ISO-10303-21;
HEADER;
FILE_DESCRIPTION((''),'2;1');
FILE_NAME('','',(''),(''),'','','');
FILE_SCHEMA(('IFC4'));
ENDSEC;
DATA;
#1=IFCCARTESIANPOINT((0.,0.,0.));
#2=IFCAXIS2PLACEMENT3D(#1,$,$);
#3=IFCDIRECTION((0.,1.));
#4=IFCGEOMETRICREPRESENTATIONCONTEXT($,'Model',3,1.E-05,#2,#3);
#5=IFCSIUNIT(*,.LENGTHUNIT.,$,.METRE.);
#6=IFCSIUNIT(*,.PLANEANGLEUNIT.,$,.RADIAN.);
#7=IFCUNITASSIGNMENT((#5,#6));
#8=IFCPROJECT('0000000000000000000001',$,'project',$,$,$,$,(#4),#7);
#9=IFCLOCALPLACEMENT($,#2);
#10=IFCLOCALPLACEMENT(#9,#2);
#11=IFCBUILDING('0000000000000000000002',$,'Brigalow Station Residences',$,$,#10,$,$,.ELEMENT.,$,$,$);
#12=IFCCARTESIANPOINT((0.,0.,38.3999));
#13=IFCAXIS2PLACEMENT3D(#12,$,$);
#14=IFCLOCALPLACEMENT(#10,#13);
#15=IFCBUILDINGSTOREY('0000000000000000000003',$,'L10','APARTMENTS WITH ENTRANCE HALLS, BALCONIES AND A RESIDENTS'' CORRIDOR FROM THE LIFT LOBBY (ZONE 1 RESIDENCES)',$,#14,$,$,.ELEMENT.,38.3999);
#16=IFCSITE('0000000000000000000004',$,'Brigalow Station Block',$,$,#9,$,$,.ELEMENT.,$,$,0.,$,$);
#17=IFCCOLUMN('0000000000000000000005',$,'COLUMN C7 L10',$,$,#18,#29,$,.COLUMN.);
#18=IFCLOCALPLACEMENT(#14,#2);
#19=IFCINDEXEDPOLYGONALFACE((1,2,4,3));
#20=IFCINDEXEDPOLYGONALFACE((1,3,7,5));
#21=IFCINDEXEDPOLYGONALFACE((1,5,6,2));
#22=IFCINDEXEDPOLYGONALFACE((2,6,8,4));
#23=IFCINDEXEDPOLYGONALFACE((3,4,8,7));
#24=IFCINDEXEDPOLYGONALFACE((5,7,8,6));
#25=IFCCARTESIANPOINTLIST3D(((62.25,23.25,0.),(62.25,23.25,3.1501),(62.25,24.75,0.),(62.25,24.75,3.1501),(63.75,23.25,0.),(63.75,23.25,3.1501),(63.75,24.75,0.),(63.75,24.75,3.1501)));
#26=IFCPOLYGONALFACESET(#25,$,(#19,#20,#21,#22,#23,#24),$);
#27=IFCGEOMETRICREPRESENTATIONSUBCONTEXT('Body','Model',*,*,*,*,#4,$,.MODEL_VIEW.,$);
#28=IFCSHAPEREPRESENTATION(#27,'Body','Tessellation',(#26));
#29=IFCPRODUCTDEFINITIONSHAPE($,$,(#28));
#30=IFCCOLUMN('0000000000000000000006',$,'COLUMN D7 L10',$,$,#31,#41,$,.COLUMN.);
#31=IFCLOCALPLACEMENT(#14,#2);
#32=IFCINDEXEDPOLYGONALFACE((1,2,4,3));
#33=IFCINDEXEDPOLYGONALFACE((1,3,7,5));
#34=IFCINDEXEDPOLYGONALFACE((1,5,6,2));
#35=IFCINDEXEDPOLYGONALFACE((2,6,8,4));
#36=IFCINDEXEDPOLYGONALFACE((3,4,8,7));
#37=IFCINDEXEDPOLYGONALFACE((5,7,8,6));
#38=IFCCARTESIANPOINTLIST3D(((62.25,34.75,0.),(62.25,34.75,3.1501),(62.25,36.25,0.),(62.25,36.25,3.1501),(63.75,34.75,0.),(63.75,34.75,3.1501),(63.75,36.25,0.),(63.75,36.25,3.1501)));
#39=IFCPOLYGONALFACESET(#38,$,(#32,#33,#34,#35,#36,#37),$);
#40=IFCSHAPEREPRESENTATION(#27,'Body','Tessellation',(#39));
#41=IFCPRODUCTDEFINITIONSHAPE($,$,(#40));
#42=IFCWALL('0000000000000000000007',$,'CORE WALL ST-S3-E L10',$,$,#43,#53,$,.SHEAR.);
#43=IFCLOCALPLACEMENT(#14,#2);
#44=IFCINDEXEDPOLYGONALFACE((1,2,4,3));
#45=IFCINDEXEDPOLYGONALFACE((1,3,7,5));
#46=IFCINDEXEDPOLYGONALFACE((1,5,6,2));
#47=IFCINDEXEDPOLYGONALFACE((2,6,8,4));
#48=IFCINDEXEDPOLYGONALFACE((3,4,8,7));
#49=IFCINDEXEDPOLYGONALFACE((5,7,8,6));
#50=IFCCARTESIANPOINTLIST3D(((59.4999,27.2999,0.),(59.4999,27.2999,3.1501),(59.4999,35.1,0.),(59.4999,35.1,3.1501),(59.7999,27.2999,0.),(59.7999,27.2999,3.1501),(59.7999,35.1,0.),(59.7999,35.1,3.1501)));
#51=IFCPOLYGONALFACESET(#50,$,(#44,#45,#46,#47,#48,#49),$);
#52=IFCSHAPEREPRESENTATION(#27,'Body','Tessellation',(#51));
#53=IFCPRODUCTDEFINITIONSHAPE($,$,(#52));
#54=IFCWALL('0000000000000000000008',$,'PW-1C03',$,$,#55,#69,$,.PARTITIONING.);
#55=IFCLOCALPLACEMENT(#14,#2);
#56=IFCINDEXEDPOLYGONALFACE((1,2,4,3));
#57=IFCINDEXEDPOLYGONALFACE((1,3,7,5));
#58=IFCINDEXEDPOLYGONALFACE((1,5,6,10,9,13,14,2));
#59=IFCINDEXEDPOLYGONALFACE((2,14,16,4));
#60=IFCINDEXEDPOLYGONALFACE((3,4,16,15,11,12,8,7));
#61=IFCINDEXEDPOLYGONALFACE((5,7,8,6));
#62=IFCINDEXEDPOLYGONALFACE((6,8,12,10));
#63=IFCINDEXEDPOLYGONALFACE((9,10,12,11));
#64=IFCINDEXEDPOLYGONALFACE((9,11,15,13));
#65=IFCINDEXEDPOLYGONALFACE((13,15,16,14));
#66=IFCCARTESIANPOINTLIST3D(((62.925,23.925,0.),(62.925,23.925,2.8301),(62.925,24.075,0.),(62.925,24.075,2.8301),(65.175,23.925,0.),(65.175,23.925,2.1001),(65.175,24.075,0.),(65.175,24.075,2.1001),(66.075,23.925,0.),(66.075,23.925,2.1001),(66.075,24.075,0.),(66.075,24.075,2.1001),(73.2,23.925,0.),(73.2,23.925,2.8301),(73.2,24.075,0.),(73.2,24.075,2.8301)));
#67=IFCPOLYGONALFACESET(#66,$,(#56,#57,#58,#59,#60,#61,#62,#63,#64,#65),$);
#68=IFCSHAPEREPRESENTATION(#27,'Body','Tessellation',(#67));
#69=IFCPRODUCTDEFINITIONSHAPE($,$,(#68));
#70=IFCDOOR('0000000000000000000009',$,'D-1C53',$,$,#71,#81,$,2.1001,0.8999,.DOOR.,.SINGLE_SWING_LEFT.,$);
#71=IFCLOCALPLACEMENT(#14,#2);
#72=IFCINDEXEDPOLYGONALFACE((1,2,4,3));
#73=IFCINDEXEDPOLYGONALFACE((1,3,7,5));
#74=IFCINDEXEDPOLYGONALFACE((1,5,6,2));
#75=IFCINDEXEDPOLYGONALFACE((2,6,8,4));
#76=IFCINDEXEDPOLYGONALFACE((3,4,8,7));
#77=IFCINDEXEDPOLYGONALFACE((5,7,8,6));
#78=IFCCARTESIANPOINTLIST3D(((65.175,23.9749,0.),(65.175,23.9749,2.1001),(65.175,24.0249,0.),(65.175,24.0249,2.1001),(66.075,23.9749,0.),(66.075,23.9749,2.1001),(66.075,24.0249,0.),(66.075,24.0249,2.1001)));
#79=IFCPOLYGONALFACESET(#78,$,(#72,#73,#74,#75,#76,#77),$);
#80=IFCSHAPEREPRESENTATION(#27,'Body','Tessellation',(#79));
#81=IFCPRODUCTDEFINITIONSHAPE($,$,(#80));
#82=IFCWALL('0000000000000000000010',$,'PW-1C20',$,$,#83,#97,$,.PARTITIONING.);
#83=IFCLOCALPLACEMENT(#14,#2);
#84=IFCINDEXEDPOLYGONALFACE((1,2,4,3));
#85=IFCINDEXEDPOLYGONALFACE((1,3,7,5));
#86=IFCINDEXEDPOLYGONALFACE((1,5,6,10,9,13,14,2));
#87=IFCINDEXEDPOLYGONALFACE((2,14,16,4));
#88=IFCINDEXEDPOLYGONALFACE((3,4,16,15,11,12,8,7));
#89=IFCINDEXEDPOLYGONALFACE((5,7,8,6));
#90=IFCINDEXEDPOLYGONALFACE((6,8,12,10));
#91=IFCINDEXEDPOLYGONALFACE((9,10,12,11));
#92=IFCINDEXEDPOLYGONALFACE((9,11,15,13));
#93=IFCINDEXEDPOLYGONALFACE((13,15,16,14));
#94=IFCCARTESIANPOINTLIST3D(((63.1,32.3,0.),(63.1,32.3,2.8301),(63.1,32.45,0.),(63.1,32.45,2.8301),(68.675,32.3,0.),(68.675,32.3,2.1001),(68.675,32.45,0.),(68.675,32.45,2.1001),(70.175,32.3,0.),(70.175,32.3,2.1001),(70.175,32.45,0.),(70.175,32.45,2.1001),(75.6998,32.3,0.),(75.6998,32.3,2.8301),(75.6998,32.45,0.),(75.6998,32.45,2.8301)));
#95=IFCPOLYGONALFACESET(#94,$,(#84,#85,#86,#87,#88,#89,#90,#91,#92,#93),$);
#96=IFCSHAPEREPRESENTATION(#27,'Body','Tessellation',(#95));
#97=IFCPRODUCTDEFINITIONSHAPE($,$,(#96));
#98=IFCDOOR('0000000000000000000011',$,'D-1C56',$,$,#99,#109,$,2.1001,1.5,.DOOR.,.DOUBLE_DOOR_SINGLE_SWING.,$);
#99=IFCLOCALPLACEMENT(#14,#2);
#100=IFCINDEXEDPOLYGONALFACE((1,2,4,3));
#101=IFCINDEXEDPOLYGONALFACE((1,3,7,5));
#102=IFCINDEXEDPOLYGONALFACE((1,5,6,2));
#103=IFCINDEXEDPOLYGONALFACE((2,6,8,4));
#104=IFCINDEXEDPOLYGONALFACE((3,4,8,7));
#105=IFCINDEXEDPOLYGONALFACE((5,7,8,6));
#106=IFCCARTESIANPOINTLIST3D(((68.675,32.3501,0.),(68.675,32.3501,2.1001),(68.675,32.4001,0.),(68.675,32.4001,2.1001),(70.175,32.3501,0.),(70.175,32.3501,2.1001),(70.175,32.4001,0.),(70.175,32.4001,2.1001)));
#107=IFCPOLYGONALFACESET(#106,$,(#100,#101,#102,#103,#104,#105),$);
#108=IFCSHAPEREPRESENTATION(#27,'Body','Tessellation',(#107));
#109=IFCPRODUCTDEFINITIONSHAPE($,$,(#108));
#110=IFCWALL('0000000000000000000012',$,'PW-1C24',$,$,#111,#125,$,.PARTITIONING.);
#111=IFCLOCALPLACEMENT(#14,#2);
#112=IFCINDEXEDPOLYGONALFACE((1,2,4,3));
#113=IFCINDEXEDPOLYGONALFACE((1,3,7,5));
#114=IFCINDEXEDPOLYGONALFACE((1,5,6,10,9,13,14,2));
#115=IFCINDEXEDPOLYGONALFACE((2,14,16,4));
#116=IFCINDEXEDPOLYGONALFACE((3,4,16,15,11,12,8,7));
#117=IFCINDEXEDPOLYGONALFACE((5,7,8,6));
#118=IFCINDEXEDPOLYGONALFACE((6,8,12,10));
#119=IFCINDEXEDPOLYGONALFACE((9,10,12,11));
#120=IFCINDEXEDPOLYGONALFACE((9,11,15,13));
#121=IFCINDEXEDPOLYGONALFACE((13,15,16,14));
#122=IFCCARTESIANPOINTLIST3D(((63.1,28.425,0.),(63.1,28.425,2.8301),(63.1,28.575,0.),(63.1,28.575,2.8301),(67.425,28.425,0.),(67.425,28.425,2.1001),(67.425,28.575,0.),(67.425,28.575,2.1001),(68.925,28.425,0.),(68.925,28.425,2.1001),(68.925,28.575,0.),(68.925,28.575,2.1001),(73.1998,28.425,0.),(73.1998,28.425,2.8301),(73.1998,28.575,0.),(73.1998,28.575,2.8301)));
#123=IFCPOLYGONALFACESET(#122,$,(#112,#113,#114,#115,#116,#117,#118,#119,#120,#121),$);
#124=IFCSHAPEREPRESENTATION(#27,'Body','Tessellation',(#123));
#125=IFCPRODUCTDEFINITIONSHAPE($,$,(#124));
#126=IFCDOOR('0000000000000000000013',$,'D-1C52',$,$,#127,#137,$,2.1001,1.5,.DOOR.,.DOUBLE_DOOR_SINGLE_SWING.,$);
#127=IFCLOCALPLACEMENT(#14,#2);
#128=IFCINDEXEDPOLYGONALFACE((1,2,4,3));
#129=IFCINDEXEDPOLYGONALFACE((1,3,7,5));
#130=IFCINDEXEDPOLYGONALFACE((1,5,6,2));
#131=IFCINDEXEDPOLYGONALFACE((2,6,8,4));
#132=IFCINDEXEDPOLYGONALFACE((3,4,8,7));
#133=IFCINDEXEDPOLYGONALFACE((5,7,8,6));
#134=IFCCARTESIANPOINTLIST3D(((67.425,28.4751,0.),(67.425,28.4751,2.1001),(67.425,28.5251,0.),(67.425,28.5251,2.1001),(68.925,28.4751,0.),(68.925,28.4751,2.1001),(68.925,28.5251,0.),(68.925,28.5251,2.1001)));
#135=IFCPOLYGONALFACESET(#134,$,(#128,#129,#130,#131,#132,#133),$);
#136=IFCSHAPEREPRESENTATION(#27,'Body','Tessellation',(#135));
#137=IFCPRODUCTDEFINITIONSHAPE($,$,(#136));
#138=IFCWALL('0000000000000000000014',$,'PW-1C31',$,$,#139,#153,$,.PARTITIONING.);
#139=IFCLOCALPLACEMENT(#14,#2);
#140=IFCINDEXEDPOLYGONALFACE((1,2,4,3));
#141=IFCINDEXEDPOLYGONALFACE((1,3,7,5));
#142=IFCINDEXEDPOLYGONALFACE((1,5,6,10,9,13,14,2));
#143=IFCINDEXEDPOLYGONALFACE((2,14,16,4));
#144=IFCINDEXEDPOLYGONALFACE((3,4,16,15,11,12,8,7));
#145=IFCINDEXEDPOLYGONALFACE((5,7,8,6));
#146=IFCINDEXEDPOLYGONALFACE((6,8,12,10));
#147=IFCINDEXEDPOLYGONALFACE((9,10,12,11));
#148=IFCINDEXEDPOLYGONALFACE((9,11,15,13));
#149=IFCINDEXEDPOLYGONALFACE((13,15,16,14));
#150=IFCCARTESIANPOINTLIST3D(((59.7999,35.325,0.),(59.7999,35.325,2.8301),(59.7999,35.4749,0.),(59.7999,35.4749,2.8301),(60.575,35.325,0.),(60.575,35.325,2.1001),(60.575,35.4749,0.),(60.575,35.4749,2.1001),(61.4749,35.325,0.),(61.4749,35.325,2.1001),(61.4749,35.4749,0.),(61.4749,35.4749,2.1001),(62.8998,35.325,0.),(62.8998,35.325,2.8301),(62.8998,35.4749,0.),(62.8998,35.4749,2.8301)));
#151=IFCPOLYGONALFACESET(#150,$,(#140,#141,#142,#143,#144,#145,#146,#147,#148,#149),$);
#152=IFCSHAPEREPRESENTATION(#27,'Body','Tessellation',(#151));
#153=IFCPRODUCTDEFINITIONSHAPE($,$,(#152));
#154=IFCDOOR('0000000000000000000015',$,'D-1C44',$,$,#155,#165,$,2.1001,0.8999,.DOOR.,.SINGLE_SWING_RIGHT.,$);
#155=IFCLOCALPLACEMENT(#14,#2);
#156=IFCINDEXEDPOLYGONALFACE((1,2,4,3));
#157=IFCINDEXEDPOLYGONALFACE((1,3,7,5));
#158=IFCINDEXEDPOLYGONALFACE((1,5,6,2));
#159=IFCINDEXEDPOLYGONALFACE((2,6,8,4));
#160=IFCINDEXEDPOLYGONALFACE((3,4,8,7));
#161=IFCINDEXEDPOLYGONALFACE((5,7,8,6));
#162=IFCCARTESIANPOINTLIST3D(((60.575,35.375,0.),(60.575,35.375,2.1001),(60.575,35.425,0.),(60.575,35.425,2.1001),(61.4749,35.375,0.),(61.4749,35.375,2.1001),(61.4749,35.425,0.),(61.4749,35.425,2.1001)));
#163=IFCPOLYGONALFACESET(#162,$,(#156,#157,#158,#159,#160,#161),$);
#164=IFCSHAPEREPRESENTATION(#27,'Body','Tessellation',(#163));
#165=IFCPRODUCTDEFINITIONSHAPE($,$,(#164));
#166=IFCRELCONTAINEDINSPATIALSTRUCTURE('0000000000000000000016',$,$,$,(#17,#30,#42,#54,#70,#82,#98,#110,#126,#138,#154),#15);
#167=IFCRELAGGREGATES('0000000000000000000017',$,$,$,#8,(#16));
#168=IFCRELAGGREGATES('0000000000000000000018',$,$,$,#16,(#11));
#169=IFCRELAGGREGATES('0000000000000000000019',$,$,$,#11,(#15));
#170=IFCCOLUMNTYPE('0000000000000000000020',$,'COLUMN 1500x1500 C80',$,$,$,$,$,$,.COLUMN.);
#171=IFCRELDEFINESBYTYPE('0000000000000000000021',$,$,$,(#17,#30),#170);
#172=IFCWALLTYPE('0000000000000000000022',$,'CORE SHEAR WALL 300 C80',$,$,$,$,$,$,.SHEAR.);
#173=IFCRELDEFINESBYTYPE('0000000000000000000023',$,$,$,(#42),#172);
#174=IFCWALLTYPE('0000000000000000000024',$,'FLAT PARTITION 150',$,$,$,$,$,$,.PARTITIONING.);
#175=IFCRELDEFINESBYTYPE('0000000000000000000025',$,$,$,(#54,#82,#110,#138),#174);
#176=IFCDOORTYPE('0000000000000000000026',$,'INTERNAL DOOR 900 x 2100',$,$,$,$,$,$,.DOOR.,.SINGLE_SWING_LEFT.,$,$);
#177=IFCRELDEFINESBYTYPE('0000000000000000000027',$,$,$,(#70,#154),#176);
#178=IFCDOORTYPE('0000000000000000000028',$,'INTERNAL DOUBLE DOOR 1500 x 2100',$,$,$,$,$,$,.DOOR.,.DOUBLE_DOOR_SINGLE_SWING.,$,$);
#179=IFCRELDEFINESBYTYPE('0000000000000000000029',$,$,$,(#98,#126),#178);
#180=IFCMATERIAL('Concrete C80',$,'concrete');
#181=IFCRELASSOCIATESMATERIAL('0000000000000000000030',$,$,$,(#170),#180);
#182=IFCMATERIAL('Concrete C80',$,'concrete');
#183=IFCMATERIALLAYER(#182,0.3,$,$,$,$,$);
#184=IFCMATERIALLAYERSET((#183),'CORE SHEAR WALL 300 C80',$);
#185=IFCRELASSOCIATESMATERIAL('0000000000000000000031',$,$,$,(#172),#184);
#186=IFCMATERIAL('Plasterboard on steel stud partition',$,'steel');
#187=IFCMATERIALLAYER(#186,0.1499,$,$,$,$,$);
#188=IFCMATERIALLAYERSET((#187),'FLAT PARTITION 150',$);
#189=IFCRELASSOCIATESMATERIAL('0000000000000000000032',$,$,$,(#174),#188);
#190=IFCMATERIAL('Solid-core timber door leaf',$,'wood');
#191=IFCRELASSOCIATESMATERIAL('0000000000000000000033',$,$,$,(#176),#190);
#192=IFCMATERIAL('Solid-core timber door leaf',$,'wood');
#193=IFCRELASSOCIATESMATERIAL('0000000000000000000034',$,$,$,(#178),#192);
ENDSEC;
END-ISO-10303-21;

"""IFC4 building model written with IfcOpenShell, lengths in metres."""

from ifc_helpers import new_model, si_unit, direction, frame, frame_2d, origin, origin_2d, place, context, subcontext, project, spatial, rectangle, extrude, material, layer, layer_set, material_profile, profile_set, type_object, element, fill, save


model = new_model("IFC4")

# Units and contexts
model_context = context("Model", 3, precision=1e-05, world=origin(), true_north=direction((0.0, 1.0)))
body_context = subcontext(model_context, "Body", "Model", "MODEL_VIEW")
ifc_project = project(units=[si_unit("LENGTHUNIT", "METRE"), si_unit("PLANEANGLEUNIT", "RADIAN")], contexts=[model_context])

# Site, building, storey
site_placement = place(None, origin())
site = spatial("IfcSite", under=ifc_project, at=site_placement, Name="Brigalow Station Block", CompositionType="ELEMENT", RefElevation=0.0)
building_placement = place(site_placement, origin())
building = spatial("IfcBuilding", under=site, at=building_placement, Name="Brigalow Station Residences", CompositionType="ELEMENT")
storey_placement = place(building_placement, frame((0.0, 0.0, 38.3999)))
storey = spatial("IfcBuildingStorey", under=building, at=storey_placement, Name="L10", Description="APARTMENTS WITH ENTRANCE HALLS, BALCONIES AND A RESIDENTS' CORRIDOR FROM THE LIFT LOBBY (ZONE 1 RESIDENCES)", CompositionType="ELEMENT", Elevation=38.3999)

# Columns
ifc_material_1 = material(Name="Concrete C80", Category="concrete")
ifc_material_profile = material_profile(ifc_material_1, rectangle(XDim=1.5, YDim=1.5, at=origin_2d()), Name="RC1500x1500")
ifc_profile_set = profile_set([ifc_material_profile], Name="Concrete C80")
column_type = type_object("IfcColumnType", Name="COLUMN 1500x1500 C80", PredefinedType="COLUMN", material=ifc_profile_set)
for number, where, z_axis, x_axis, name in (
    (1, (63.0, 24.0, 0.0), (0.0, 0.0, 1.0), (1.0, 0.0, 0.0), "COLUMN C7 L10"),
    (2, (63.0, 35.5, 0.0), (0.0, 0.0, 1.0), (1.0, 0.0, 0.0), "COLUMN D7 L10"),
):
    element("IfcColumn", number, at=place(storey_placement, frame(where, z_axis=z_axis, x_axis=x_axis)), inside=storey, type_object=column_type, Name=name, PredefinedType="COLUMN", context=body_context, shape_type="SweptSolid", body=[
        extrude(rectangle(XDim=1.5, YDim=1.5, at=origin_2d()), origin(), (0.0, 0.0, 1.0), 3.1501),
    ])

# Wall
ifc_material_2 = material(Name="Concrete C80", Category="concrete")
ifc_layer_1 = layer(ifc_material_2, 0.3)
ifc_layer_set_1 = layer_set([ifc_layer_1], Name="CORE SHEAR WALL 300 C80")
wall_type_1 = type_object("IfcWallType", Name="CORE SHEAR WALL 300 C80", PredefinedType="SHEAR", material=ifc_layer_set_1)
wall_1_placement = place(storey_placement, frame((59.6499, 27.3, 0.0), z_axis=(0.0, 0.0, 1.0), x_axis=(0.0, 1.0, 0.0)))
element("IfcWall", 3, at=wall_1_placement, inside=storey, type_object=wall_type_1, Name="CORE WALL ST-S3-E L10", PredefinedType="SHEAR", context=body_context, shape_type="SweptSolid", body=[
    extrude(rectangle(XDim=7.8, YDim=0.3, at=frame_2d((3.8999, 0.0))), origin(), (0.0, 0.0, 1.0), 3.1501),
])

# Walls, openings, doors
ifc_material_3 = material(Name="Plasterboard on steel stud partition", Category="steel")
ifc_layer_2 = layer(ifc_material_3, 0.1499)
ifc_layer_set_2 = layer_set([ifc_layer_2], Name="FLAT PARTITION 150")
wall_type_2 = type_object("IfcWallType", Name="FLAT PARTITION 150", PredefinedType="PARTITIONING", material=ifc_layer_set_2)
wall_2_placement = place(storey_placement, frame((62.925, 24.0, 0.0), z_axis=(0.0, 0.0, 1.0), x_axis=(1.0, 0.0, 0.0)))
wall_2 = element("IfcWall", 4, at=wall_2_placement, inside=storey, type_object=wall_type_2, Name="PW-1C03", PredefinedType="PARTITIONING", context=body_context, shape_type="SweptSolid", body=[
    extrude(rectangle(XDim=10.2749, YDim=0.1499, at=frame_2d((5.1375, 0.0))), origin(), (0.0, 0.0, 1.0), 2.8301),
])
opening_1_placement = place(wall_2_placement, frame((2.25, 0.0, 0.0)))
opening_1 = element("IfcOpeningElement", 5, at=opening_1_placement, cuts=wall_2, PredefinedType="OPENING", context=body_context, shape_type="SweptSolid", body=[
    extrude(rectangle(XDim=0.8999, YDim=2.1001, at=frame_2d((0.45, 1.05))), frame((0.0, 0.085, 0.0), z_axis=(0.0, -1.0, 0.0), x_axis=(1.0, 0.0, 0.0)), (0.0, 0.0, 1.0), 0.1699),
])
ifc_material_4 = material(Name="Solid-core timber door leaf", Category="wood")
door_type_1 = type_object("IfcDoorType", Name="INTERNAL DOOR 900 x 2100", OperationType="SINGLE_SWING_LEFT", PredefinedType="DOOR", material=ifc_material_4)
door_1_placement = place(opening_1_placement, origin())
door_1 = element("IfcDoor", 6, at=door_1_placement, inside=storey, type_object=door_type_1, Name="D-1C53", OperationType="SINGLE_SWING_LEFT", OverallHeight=2.1001, OverallWidth=0.8999, PredefinedType="DOOR", context=body_context, shape_type="SweptSolid", body=[
    extrude(rectangle(XDim=0.8999, YDim=2.1001, at=frame_2d((0.45, 1.05))), frame((0.0, 0.0249, 0.0), z_axis=(0.0, -1.0, 0.0), x_axis=(1.0, 0.0, 0.0)), (0.0, 0.0, 1.0), 0.05),
])
fill(opening_1, door_1)
wall_3_placement = place(storey_placement, frame((63.1001, 32.375, 0.0), z_axis=(0.0, 0.0, 1.0), x_axis=(1.0, 0.0, 0.0)))
wall_3 = element("IfcWall", 7, at=wall_3_placement, inside=storey, type_object=wall_type_2, Name="PW-1C20", PredefinedType="PARTITIONING", context=body_context, shape_type="SweptSolid", body=[
    extrude(rectangle(XDim=12.5999, YDim=0.1499, at=frame_2d((6.2998, 0.0))), origin(), (0.0, 0.0, 1.0), 2.8301),
])
opening_2_placement = place(wall_3_placement, frame((5.575, 0.0, 0.0)))
opening_2 = element("IfcOpeningElement", 8, at=opening_2_placement, cuts=wall_3, PredefinedType="OPENING", context=body_context, shape_type="SweptSolid", body=[
    extrude(rectangle(XDim=1.5, YDim=2.1001, at=frame_2d((0.75, 1.05))), frame((0.0, 0.085, 0.0), z_axis=(0.0, -1.0, 0.0), x_axis=(1.0, 0.0, 0.0)), (0.0, 0.0, 1.0), 0.1699),
])
ifc_material_5 = material(Name="Solid-core timber door leaf", Category="wood")
door_type_2 = type_object("IfcDoorType", Name="INTERNAL DOUBLE DOOR 1500 x 2100", OperationType="DOUBLE_DOOR_SINGLE_SWING", PredefinedType="DOOR", material=ifc_material_5)
door_2_placement = place(opening_2_placement, frame((1.5, 0.0, 0.0), z_axis=(0.0, 0.0, 1.0), x_axis=(-1.0, 0.0, 0.0)))
door_2 = element("IfcDoor", 9, at=door_2_placement, inside=storey, type_object=door_type_2, Name="D-1C56", OperationType="DOUBLE_DOOR_SINGLE_SWING", OverallHeight=2.1001, OverallWidth=1.5, PredefinedType="DOOR", context=body_context, shape_type="SweptSolid", body=[
    extrude(rectangle(XDim=1.5, YDim=2.1001, at=frame_2d((0.75, 1.05))), frame((0.0, 0.0249, 0.0), z_axis=(0.0, -1.0, 0.0), x_axis=(1.0, 0.0, 0.0)), (0.0, 0.0, 1.0), 0.05),
])
fill(opening_2, door_2)
wall_4_placement = place(storey_placement, frame((63.1001, 28.5, 0.0), z_axis=(0.0, 0.0, 1.0), x_axis=(1.0, 0.0, 0.0)))
wall_4 = element("IfcWall", 10, at=wall_4_placement, inside=storey, type_object=wall_type_2, Name="PW-1C24", PredefinedType="PARTITIONING", context=body_context, shape_type="SweptSolid", body=[
    extrude(rectangle(XDim=10.0999, YDim=0.1499, at=frame_2d((5.0498, 0.0))), origin(), (0.0, 0.0, 1.0), 2.8301),
])
opening_3_placement = place(wall_4_placement, frame((4.325, 0.0, 0.0)))
opening_3 = element("IfcOpeningElement", 11, at=opening_3_placement, cuts=wall_4, PredefinedType="OPENING", context=body_context, shape_type="SweptSolid", body=[
    extrude(rectangle(XDim=1.5, YDim=2.1001, at=frame_2d((0.75, 1.05))), frame((0.0, 0.085, 0.0), z_axis=(0.0, -1.0, 0.0), x_axis=(1.0, 0.0, 0.0)), (0.0, 0.0, 1.0), 0.1699),
])
door_3_placement = place(opening_3_placement, frame((1.5, 0.0, 0.0), z_axis=(0.0, 0.0, 1.0), x_axis=(-1.0, 0.0, 0.0)))
door_3 = element("IfcDoor", 12, at=door_3_placement, inside=storey, type_object=door_type_2, Name="D-1C52", OperationType="DOUBLE_DOOR_SINGLE_SWING", OverallHeight=2.1001, OverallWidth=1.5, PredefinedType="DOOR", context=body_context, shape_type="SweptSolid", body=[
    extrude(rectangle(XDim=1.5, YDim=2.1001, at=frame_2d((0.75, 1.05))), frame((0.0, 0.0249, 0.0), z_axis=(0.0, -1.0, 0.0), x_axis=(1.0, 0.0, 0.0)), (0.0, 0.0, 1.0), 0.05),
])
fill(opening_3, door_3)
wall_5_placement = place(storey_placement, frame((59.8, 35.3999, 0.0), z_axis=(0.0, 0.0, 1.0), x_axis=(1.0, 0.0, 0.0)))
wall_5 = element("IfcWall", 13, at=wall_5_placement, inside=storey, type_object=wall_type_2, Name="PW-1C31", PredefinedType="PARTITIONING", context=body_context, shape_type="SweptSolid", body=[
    extrude(rectangle(XDim=3.0999, YDim=0.1499, at=frame_2d((1.5498, 0.0))), origin(), (0.0, 0.0, 1.0), 2.8301),
])
opening_4_placement = place(wall_5_placement, frame((0.7749, 0.0, 0.0)))
opening_4 = element("IfcOpeningElement", 14, at=opening_4_placement, cuts=wall_5, PredefinedType="OPENING", context=body_context, shape_type="SweptSolid", body=[
    extrude(rectangle(XDim=0.8999, YDim=2.1001, at=frame_2d((0.45, 1.05))), frame((0.0, 0.085, 0.0), z_axis=(0.0, -1.0, 0.0), x_axis=(1.0, 0.0, 0.0)), (0.0, 0.0, 1.0), 0.1699),
])
door_4_placement = place(opening_4_placement, frame((0.8999, 0.0, 0.0), z_axis=(0.0, 0.0, 1.0), x_axis=(-1.0, 0.0, 0.0)))
door_4 = element("IfcDoor", 15, at=door_4_placement, inside=storey, type_object=door_type_1, Name="D-1C44", OperationType="SINGLE_SWING_RIGHT", OverallHeight=2.1001, OverallWidth=0.8999, PredefinedType="DOOR", context=body_context, shape_type="SweptSolid", body=[
    extrude(rectangle(XDim=0.8999, YDim=2.1001, at=frame_2d((0.45, 1.05))), frame((0.0, 0.0249, 0.0), z_axis=(0.0, -1.0, 0.0), x_axis=(1.0, 0.0, 0.0)), (0.0, 0.0, 1.0), 0.05),
])
fill(opening_4, door_4)

save(model, "model.ifc")
